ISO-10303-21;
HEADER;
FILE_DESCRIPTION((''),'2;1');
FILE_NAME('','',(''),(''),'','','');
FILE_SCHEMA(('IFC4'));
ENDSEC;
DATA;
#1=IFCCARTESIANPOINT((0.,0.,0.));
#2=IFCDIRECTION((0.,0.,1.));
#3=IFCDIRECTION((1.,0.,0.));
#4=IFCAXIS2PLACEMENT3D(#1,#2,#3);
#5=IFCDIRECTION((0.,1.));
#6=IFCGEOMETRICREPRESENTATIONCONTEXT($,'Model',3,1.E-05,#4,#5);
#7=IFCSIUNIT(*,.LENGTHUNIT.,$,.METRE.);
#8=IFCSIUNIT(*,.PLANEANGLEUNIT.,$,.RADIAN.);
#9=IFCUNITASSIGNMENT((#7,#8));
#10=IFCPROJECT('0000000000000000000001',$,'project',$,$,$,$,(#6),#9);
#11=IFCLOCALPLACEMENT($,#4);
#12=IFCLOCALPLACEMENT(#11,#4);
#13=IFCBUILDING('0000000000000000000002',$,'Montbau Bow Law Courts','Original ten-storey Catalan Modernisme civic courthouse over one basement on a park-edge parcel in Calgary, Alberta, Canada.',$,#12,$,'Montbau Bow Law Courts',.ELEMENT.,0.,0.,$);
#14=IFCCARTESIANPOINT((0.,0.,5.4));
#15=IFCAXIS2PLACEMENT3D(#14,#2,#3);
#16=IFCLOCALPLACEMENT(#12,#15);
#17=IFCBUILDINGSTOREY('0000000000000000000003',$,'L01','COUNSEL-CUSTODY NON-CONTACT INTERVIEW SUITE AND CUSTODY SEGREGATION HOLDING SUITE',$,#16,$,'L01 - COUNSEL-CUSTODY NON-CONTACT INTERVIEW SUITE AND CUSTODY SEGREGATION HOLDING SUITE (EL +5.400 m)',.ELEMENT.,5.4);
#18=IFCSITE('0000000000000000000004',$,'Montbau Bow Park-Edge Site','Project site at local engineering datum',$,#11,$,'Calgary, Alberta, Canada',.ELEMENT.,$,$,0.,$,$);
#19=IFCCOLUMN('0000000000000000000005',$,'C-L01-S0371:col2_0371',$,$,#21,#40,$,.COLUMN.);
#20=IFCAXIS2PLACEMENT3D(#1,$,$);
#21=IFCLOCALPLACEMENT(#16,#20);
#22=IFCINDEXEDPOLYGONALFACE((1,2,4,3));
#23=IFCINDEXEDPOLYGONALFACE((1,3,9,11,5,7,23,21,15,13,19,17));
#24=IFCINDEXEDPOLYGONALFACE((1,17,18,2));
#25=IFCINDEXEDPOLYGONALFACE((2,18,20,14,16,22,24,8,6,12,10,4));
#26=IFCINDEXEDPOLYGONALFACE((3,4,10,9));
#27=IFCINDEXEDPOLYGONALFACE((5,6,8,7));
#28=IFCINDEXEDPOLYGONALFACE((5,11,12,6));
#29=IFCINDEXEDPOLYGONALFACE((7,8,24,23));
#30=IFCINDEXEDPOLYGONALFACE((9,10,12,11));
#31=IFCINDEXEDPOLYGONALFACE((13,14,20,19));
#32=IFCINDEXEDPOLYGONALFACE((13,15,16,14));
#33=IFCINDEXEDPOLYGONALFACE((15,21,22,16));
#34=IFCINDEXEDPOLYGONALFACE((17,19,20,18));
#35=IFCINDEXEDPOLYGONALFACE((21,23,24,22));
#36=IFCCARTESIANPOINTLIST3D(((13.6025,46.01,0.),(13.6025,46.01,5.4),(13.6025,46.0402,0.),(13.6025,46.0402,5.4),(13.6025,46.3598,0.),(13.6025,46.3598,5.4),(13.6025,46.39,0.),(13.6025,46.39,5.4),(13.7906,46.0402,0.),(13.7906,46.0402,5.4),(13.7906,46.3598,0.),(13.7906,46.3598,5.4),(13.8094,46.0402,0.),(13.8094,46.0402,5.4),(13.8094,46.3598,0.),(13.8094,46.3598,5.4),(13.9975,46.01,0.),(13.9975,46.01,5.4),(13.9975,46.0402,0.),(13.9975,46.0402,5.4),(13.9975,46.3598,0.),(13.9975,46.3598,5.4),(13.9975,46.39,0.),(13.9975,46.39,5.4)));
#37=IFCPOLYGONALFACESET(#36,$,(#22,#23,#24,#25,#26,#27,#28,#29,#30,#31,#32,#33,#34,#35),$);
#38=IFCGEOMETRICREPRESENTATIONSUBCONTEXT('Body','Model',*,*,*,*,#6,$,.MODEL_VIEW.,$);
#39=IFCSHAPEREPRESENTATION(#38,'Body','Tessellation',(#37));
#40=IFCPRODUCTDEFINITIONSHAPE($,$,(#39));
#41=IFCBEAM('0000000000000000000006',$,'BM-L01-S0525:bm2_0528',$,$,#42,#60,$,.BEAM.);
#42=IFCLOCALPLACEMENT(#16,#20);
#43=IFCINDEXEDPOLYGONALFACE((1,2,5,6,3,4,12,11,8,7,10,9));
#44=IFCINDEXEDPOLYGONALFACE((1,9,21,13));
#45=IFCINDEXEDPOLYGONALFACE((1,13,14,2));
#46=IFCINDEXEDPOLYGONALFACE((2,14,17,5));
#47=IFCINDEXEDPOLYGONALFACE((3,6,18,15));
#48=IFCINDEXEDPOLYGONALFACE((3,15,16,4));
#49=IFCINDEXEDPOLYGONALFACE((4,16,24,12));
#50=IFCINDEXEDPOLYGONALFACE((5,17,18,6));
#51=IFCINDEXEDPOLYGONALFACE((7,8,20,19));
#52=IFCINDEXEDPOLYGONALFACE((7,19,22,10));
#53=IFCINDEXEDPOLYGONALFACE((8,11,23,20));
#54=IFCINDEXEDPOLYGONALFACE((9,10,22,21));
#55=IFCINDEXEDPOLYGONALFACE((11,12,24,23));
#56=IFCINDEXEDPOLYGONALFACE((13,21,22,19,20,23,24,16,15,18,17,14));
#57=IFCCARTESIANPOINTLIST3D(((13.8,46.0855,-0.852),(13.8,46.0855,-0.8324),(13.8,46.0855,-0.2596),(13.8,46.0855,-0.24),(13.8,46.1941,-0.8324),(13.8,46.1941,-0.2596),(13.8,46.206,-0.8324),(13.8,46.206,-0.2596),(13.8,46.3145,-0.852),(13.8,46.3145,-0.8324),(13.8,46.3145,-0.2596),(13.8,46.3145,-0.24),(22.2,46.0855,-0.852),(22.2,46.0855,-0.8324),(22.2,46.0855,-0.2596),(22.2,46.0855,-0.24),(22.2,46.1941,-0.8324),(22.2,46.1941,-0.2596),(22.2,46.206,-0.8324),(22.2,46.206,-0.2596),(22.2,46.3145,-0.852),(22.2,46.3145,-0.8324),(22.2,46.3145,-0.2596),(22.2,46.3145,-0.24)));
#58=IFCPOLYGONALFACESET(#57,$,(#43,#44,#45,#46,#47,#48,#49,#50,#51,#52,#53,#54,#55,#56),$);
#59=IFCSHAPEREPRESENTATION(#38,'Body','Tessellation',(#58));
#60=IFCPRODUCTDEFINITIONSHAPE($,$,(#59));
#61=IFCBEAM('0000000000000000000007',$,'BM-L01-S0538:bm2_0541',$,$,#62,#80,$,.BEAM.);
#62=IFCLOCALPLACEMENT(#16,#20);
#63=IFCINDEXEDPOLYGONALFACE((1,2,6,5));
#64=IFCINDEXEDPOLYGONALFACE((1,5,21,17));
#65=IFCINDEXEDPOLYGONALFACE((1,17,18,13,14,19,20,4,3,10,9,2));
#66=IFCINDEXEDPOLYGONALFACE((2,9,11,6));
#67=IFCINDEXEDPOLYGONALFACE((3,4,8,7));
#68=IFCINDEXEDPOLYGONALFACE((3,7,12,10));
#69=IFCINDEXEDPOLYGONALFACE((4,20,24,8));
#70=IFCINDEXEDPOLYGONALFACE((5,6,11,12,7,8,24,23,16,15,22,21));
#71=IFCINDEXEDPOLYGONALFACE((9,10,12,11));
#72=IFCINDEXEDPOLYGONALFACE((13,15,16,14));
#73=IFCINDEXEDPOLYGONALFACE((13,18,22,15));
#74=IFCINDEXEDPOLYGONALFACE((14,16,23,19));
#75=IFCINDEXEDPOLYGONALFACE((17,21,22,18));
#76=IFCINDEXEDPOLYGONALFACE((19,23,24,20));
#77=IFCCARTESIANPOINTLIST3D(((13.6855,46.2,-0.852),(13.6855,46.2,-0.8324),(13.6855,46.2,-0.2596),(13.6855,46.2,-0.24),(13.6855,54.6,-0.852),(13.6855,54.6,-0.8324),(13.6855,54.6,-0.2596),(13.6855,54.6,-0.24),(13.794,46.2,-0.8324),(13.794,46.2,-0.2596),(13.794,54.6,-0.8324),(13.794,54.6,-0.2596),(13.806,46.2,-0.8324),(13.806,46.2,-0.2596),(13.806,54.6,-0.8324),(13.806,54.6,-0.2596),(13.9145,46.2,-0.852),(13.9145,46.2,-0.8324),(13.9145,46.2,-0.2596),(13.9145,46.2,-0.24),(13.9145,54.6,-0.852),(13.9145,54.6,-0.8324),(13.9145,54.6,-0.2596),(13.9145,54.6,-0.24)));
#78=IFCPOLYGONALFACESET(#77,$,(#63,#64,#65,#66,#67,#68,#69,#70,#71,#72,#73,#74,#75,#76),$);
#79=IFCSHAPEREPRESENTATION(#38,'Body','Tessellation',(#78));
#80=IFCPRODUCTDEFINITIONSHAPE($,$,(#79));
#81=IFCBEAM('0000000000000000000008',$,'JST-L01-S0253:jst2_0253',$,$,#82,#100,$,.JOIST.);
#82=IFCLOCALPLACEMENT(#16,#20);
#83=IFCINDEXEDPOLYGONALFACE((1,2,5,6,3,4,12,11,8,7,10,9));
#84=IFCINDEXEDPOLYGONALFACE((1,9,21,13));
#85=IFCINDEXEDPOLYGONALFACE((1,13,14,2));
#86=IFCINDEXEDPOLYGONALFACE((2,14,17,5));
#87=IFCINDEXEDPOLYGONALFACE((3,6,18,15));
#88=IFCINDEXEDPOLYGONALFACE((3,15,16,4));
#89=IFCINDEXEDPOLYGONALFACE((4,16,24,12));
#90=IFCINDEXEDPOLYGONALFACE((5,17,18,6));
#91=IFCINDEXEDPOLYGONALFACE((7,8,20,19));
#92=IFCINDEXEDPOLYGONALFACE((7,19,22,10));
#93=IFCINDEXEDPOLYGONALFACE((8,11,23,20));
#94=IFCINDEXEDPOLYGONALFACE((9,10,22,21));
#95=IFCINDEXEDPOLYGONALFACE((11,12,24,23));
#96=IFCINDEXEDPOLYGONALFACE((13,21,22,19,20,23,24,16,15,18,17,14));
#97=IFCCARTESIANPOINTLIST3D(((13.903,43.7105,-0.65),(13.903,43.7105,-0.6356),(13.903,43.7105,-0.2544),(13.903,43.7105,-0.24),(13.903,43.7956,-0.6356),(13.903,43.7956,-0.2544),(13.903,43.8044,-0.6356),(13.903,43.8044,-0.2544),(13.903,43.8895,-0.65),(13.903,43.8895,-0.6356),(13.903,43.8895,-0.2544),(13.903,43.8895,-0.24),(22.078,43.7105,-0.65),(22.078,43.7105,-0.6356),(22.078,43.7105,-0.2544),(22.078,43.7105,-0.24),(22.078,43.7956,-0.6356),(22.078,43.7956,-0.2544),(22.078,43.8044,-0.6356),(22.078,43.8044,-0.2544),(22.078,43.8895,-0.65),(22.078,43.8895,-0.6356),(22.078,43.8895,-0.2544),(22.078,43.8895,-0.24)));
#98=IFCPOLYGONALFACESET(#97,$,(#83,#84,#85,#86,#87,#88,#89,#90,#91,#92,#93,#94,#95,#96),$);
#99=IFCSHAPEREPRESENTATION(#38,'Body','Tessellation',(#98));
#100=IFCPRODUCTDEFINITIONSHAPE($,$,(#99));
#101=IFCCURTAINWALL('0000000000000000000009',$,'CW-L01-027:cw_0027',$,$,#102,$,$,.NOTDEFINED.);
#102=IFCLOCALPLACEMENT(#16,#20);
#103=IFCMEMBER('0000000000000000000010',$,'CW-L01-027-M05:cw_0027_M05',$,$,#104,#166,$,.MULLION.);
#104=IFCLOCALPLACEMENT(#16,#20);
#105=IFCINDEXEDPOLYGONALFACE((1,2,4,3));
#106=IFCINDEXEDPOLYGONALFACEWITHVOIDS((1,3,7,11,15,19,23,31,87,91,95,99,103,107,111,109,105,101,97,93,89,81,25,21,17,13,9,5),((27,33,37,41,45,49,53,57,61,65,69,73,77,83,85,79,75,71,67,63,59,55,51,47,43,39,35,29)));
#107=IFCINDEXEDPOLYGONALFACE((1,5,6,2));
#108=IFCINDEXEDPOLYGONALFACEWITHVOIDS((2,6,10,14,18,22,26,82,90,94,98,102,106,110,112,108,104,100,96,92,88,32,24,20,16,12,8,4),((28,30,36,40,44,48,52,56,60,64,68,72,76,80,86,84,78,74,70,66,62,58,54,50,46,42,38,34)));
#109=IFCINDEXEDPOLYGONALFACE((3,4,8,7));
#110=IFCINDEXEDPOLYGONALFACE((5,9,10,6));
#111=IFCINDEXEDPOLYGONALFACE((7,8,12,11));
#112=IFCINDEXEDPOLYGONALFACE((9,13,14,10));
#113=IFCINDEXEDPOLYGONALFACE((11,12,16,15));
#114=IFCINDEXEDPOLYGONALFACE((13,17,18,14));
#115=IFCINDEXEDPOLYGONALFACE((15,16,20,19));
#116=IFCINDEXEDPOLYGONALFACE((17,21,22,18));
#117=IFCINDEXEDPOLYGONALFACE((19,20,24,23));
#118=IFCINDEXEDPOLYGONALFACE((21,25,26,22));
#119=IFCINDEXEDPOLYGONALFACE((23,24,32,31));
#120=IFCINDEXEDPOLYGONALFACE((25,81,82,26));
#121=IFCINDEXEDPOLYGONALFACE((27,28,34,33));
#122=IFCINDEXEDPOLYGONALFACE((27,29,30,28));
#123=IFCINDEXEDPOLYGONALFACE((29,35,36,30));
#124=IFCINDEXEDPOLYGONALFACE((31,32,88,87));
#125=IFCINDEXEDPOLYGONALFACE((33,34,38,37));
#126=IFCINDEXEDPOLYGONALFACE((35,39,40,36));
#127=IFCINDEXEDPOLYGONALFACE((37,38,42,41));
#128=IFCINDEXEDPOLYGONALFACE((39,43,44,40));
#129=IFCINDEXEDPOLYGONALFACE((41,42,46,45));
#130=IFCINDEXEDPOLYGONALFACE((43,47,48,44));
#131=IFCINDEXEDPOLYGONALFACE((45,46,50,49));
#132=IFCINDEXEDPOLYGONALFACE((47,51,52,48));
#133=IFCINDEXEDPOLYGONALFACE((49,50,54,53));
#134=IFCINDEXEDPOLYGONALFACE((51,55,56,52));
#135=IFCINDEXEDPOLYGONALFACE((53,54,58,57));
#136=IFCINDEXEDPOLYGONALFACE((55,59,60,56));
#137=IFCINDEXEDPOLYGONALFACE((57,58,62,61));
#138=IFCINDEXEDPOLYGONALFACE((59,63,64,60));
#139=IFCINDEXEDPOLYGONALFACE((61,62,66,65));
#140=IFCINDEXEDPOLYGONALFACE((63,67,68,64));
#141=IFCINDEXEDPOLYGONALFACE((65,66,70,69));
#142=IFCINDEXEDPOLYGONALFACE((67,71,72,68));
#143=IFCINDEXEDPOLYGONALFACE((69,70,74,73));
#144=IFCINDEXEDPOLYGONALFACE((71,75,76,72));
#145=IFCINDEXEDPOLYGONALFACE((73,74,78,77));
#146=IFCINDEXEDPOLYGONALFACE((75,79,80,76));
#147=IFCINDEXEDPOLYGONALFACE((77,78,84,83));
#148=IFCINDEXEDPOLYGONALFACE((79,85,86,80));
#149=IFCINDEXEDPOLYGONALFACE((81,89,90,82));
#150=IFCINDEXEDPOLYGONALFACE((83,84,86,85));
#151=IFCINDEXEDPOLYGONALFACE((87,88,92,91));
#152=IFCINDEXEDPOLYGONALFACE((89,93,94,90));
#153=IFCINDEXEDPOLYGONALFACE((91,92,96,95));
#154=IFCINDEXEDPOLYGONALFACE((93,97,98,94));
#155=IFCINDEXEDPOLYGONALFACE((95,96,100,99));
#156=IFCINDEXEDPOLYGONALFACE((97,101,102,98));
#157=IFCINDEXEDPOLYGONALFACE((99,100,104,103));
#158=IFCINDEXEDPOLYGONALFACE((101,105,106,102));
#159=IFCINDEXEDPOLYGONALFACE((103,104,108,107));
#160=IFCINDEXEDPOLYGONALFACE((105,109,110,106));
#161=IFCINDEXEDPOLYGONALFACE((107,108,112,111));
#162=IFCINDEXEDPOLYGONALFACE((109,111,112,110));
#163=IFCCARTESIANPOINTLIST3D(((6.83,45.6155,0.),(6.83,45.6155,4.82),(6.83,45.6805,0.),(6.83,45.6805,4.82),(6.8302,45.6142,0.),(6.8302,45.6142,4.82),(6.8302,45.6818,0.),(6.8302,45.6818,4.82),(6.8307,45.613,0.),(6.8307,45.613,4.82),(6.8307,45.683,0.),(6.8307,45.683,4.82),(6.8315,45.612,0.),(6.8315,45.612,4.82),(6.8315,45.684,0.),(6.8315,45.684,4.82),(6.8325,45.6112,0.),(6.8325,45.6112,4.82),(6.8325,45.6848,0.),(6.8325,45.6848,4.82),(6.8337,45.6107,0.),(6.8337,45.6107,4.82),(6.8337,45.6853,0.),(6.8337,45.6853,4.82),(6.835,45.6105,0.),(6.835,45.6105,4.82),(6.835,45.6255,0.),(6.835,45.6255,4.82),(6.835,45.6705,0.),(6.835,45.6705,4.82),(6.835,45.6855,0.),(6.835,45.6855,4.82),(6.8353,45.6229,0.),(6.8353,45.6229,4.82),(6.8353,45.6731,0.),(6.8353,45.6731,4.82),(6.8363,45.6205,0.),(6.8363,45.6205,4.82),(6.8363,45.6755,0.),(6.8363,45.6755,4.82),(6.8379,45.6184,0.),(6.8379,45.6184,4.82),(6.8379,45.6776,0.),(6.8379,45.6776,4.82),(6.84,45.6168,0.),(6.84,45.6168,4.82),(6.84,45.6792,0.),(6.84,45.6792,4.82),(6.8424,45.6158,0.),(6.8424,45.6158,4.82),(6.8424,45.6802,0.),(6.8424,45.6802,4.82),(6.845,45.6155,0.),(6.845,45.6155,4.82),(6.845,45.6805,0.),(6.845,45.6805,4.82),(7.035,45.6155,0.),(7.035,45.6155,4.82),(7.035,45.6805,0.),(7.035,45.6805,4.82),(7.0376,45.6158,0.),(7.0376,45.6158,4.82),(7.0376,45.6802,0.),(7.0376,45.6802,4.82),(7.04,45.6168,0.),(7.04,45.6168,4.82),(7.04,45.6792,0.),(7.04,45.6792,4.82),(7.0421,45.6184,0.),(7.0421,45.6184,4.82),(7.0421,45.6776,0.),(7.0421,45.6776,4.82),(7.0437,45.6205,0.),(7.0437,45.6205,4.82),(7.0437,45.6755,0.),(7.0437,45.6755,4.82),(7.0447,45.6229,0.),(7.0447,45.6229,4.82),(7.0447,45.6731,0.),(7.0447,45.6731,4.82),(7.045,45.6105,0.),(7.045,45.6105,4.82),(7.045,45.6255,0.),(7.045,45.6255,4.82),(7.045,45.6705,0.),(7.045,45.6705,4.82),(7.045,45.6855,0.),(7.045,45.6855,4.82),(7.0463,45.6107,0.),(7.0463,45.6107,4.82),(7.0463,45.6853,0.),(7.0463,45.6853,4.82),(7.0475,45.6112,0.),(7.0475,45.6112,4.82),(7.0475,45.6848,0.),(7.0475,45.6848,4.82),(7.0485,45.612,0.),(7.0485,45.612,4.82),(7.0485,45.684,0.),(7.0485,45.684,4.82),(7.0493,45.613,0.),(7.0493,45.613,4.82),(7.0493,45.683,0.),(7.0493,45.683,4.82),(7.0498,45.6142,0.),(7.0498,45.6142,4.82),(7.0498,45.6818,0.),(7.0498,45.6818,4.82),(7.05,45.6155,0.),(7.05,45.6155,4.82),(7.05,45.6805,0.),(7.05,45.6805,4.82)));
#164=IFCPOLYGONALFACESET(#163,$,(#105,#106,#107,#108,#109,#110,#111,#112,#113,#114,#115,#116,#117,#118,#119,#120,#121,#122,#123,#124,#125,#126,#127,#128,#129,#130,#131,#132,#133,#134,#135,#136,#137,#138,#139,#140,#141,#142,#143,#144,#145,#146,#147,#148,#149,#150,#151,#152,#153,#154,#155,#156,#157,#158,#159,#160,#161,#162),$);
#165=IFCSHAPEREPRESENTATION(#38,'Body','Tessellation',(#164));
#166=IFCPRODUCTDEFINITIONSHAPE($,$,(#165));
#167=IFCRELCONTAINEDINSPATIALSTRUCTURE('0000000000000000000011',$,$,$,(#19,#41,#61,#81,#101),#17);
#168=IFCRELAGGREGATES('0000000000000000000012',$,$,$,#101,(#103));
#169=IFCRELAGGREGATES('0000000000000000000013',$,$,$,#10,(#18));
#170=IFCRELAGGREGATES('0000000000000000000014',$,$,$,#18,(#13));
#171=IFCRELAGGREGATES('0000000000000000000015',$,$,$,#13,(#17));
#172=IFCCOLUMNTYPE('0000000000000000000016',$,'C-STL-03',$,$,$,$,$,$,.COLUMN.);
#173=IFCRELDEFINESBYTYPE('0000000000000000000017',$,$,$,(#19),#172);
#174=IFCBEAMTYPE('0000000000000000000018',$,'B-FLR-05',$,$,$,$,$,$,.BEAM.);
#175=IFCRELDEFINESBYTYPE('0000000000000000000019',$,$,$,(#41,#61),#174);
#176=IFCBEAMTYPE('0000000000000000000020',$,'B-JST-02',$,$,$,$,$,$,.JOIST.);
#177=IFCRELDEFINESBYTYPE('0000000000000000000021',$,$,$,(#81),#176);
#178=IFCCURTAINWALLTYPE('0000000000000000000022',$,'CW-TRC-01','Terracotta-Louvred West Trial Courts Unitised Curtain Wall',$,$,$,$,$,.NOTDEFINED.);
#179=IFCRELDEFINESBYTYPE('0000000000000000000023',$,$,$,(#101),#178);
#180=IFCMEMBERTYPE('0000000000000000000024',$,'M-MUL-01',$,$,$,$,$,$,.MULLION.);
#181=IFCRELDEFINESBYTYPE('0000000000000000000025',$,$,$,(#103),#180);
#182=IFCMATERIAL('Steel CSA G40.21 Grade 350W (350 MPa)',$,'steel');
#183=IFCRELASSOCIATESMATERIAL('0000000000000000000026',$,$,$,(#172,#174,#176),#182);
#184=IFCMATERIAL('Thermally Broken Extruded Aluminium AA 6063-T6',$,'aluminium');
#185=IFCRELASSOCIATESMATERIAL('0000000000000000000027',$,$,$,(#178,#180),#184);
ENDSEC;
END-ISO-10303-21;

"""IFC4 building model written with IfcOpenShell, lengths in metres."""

from ifc_helpers import new_model, si_unit, direction, frame, origin_with_axes, origin_2d_with_axis, place, context, subcontext, project, spatial, hollow_rectangle, i_section, extrude, material, material_profile, profile_set, type_object, element, aggregate, save


model = new_model("IFC4")

# Units and contexts
model_context = context("Model", 3, precision=1e-05, world=origin_with_axes(), true_north=direction((0.0, 1.0)))
body_context = subcontext(model_context, "Body", "Model", "MODEL_VIEW")
ifc_project = project(units=[si_unit("LENGTHUNIT", "METRE"), si_unit("PLANEANGLEUNIT", "RADIAN")], contexts=[model_context])

# Site, building, storey
site_placement = place(None, origin_with_axes())
site = spatial("IfcSite", under=ifc_project, at=site_placement, Name="Montbau Bow Park-Edge Site", Description="Project site at local engineering datum", LongName="Calgary, Alberta, Canada", CompositionType="ELEMENT", RefElevation=0.0)
building_placement = place(site_placement, origin_with_axes())
building = spatial("IfcBuilding", under=site, at=building_placement, Name="Montbau Bow Law Courts", Description="Original ten-storey Catalan Modernisme civic courthouse over one basement on a park-edge parcel in Calgary, Alberta, Canada.", LongName="Montbau Bow Law Courts", CompositionType="ELEMENT", ElevationOfRefHeight=0.0, ElevationOfTerrain=0.0)
storey_placement = place(building_placement, frame((0.0, 0.0, 5.4), z_axis=(0.0, 0.0, 1.0), x_axis=(1.0, 0.0, 0.0)))
storey = spatial("IfcBuildingStorey", under=building, at=storey_placement, Name="L01", Description="COUNSEL-CUSTODY NON-CONTACT INTERVIEW SUITE AND CUSTODY SEGREGATION HOLDING SUITE", LongName="L01 - COUNSEL-CUSTODY NON-CONTACT INTERVIEW SUITE AND CUSTODY SEGREGATION HOLDING SUITE (EL +5.400 m)", CompositionType="ELEMENT", Elevation=5.4)

# Column
ifc_material_1 = material(Name="Steel CSA G40.21 Grade 350W (350 MPa)", Category="steel")
ifc_material_profile_1 = material_profile(ifc_material_1, i_section(OverallWidth=0.395, OverallDepth=0.38, WebThickness=0.0189, FlangeThickness=0.0302, at=origin_2d_with_axis()), Name="W360X237", Category="Main", Priority=0)
ifc_profile_set_1 = profile_set([ifc_material_profile_1], Name="Steel CSA G40.21 Grade 350W (350 MPa)")
column_type = type_object("IfcColumnType", Name="C-STL-03", PredefinedType="COLUMN", material=ifc_profile_set_1)
column_placement = place(None, frame((13.8, 46.2, 5.4), z_axis=(0.0, 0.0, 1.0), x_axis=(1.0, 0.0, 0.0)))
element("IfcColumn", 1, at=column_placement, inside=storey, type_object=column_type, Name="C-L01-S0371:col2_0371", PredefinedType="COLUMN", context=body_context, shape_type="SweptSolid", body=[
    extrude(i_section(OverallWidth=0.395, OverallDepth=0.38, WebThickness=0.0189, FlangeThickness=0.0302, at=origin_2d_with_axis()), origin_with_axes(), (0.0, 0.0, 1.0), 5.4),
])

# Beams
ifc_material_profile_2 = material_profile(ifc_material_1, i_section(OverallWidth=0.229, OverallDepth=0.612, WebThickness=0.0119, FlangeThickness=0.0196, at=origin_2d_with_axis()), Name="W610X125", Category="Main", Priority=0)
ifc_profile_set_2 = profile_set([ifc_material_profile_2], Name="Steel CSA G40.21 Grade 350W (350 MPa)")
beam_type_1 = type_object("IfcBeamType", Name="B-FLR-05", PredefinedType="BEAM", material=ifc_profile_set_2)
for number, where, z_axis, x_axis, name in (
    (2, (13.8, 46.2, 4.854), (1.0, 0.0, 0.0), (0.0, 1.0, 0.0), "BM-L01-S0525:bm2_0528"),
    (3, (13.8, 46.2, 4.854), (0.0, 1.0, 0.0), (-1.0, 0.0, 0.0), "BM-L01-S0538:bm2_0541"),
):
    element("IfcBeam", number, at=place(None, frame(where, z_axis=z_axis, x_axis=x_axis)), inside=storey, type_object=beam_type_1, Name=name, PredefinedType="BEAM", context=body_context, shape_type="SweptSolid", body=[
        extrude(i_section(OverallWidth=0.229, OverallDepth=0.612, WebThickness=0.0119, FlangeThickness=0.0196, at=origin_2d_with_axis()), origin_with_axes(), (0.0, 0.0, 1.0), 8.4),
    ])
ifc_material_profile_3 = material_profile(ifc_material_1, i_section(OverallWidth=0.179, OverallDepth=0.41, WebThickness=0.0088, FlangeThickness=0.0144, at=origin_2d_with_axis()), Name="W410X67", Category="Main", Priority=0)
ifc_profile_set_3 = profile_set([ifc_material_profile_3], Name="Steel CSA G40.21 Grade 350W (350 MPa)")
beam_type_2 = type_object("IfcBeamType", Name="B-JST-02", PredefinedType="JOIST", material=ifc_profile_set_3)
beam_placement = place(None, frame((13.903, 43.8, 4.955), z_axis=(1.0, 0.0, 0.0), x_axis=(0.0, 1.0, 0.0)))
element("IfcBeam", 4, at=beam_placement, inside=storey, type_object=beam_type_2, Name="JST-L01-S0253:jst2_0253", PredefinedType="JOIST", context=body_context, shape_type="SweptSolid", body=[
    extrude(i_section(OverallWidth=0.179, OverallDepth=0.41, WebThickness=0.0088, FlangeThickness=0.0144, at=origin_2d_with_axis()), origin_with_axes(), (0.0, 0.0, 1.0), 8.175),
])

# Curtain wall, member
ifc_material_2 = material(Name="Thermally Broken Extruded Aluminium AA 6063-T6", Category="aluminium")
curtain_wall_type = type_object("IfcCurtainWallType", Name="CW-TRC-01", Description="Terracotta-Louvred West Trial Courts Unitised Curtain Wall", PredefinedType="NOTDEFINED", material=ifc_material_2)
curtain_wall_1_placement = place(None, frame((6.94, 39.515, 5.4), z_axis=(0.0, 0.0, 1.0), x_axis=(1.0, 0.0, 0.0)))
curtain_wall_1 = element("IfcCurtainWall", 5, at=curtain_wall_1_placement, inside=storey, type_object=curtain_wall_type, Name="CW-L01-027:cw_0027", PredefinedType="NOTDEFINED")
ifc_material_profile_4 = material_profile(ifc_material_2, hollow_rectangle(XDim=0.075, YDim=0.22, WallThickness=0.005, InnerFilletRadius=0.01, OuterFilletRadius=0.005, at=origin_2d_with_axis()), Name="CWM-220X75", Category="Main", Priority=0)
ifc_profile_set_4 = profile_set([ifc_material_profile_4], Name="Thermally Broken Extruded Aluminium AA 6063-T6")
member_type_1 = type_object("IfcMemberType", Name="M-MUL-01", PredefinedType="MULLION", material=ifc_profile_set_4)
member_1_placement = place(None, frame((6.94, 45.648, 5.4), z_axis=(0.0, 0.0, 1.0), x_axis=(0.0, 1.0, 0.0)))
member_1 = element("IfcMember", 6, at=member_1_placement, type_object=member_type_1, Name="CW-L01-027-M05:cw_0027_M05", PredefinedType="MULLION", context=body_context, shape_type="SweptSolid", body=[
    extrude(hollow_rectangle(XDim=0.075, YDim=0.22, WallThickness=0.005, InnerFilletRadius=0.01, OuterFilletRadius=0.005, at=origin_2d_with_axis()), origin_with_axes(), (0.0, 0.0, 1.0), 4.82),
])
aggregate(curtain_wall_1, [member_1])

save(model, "model.ifc")
